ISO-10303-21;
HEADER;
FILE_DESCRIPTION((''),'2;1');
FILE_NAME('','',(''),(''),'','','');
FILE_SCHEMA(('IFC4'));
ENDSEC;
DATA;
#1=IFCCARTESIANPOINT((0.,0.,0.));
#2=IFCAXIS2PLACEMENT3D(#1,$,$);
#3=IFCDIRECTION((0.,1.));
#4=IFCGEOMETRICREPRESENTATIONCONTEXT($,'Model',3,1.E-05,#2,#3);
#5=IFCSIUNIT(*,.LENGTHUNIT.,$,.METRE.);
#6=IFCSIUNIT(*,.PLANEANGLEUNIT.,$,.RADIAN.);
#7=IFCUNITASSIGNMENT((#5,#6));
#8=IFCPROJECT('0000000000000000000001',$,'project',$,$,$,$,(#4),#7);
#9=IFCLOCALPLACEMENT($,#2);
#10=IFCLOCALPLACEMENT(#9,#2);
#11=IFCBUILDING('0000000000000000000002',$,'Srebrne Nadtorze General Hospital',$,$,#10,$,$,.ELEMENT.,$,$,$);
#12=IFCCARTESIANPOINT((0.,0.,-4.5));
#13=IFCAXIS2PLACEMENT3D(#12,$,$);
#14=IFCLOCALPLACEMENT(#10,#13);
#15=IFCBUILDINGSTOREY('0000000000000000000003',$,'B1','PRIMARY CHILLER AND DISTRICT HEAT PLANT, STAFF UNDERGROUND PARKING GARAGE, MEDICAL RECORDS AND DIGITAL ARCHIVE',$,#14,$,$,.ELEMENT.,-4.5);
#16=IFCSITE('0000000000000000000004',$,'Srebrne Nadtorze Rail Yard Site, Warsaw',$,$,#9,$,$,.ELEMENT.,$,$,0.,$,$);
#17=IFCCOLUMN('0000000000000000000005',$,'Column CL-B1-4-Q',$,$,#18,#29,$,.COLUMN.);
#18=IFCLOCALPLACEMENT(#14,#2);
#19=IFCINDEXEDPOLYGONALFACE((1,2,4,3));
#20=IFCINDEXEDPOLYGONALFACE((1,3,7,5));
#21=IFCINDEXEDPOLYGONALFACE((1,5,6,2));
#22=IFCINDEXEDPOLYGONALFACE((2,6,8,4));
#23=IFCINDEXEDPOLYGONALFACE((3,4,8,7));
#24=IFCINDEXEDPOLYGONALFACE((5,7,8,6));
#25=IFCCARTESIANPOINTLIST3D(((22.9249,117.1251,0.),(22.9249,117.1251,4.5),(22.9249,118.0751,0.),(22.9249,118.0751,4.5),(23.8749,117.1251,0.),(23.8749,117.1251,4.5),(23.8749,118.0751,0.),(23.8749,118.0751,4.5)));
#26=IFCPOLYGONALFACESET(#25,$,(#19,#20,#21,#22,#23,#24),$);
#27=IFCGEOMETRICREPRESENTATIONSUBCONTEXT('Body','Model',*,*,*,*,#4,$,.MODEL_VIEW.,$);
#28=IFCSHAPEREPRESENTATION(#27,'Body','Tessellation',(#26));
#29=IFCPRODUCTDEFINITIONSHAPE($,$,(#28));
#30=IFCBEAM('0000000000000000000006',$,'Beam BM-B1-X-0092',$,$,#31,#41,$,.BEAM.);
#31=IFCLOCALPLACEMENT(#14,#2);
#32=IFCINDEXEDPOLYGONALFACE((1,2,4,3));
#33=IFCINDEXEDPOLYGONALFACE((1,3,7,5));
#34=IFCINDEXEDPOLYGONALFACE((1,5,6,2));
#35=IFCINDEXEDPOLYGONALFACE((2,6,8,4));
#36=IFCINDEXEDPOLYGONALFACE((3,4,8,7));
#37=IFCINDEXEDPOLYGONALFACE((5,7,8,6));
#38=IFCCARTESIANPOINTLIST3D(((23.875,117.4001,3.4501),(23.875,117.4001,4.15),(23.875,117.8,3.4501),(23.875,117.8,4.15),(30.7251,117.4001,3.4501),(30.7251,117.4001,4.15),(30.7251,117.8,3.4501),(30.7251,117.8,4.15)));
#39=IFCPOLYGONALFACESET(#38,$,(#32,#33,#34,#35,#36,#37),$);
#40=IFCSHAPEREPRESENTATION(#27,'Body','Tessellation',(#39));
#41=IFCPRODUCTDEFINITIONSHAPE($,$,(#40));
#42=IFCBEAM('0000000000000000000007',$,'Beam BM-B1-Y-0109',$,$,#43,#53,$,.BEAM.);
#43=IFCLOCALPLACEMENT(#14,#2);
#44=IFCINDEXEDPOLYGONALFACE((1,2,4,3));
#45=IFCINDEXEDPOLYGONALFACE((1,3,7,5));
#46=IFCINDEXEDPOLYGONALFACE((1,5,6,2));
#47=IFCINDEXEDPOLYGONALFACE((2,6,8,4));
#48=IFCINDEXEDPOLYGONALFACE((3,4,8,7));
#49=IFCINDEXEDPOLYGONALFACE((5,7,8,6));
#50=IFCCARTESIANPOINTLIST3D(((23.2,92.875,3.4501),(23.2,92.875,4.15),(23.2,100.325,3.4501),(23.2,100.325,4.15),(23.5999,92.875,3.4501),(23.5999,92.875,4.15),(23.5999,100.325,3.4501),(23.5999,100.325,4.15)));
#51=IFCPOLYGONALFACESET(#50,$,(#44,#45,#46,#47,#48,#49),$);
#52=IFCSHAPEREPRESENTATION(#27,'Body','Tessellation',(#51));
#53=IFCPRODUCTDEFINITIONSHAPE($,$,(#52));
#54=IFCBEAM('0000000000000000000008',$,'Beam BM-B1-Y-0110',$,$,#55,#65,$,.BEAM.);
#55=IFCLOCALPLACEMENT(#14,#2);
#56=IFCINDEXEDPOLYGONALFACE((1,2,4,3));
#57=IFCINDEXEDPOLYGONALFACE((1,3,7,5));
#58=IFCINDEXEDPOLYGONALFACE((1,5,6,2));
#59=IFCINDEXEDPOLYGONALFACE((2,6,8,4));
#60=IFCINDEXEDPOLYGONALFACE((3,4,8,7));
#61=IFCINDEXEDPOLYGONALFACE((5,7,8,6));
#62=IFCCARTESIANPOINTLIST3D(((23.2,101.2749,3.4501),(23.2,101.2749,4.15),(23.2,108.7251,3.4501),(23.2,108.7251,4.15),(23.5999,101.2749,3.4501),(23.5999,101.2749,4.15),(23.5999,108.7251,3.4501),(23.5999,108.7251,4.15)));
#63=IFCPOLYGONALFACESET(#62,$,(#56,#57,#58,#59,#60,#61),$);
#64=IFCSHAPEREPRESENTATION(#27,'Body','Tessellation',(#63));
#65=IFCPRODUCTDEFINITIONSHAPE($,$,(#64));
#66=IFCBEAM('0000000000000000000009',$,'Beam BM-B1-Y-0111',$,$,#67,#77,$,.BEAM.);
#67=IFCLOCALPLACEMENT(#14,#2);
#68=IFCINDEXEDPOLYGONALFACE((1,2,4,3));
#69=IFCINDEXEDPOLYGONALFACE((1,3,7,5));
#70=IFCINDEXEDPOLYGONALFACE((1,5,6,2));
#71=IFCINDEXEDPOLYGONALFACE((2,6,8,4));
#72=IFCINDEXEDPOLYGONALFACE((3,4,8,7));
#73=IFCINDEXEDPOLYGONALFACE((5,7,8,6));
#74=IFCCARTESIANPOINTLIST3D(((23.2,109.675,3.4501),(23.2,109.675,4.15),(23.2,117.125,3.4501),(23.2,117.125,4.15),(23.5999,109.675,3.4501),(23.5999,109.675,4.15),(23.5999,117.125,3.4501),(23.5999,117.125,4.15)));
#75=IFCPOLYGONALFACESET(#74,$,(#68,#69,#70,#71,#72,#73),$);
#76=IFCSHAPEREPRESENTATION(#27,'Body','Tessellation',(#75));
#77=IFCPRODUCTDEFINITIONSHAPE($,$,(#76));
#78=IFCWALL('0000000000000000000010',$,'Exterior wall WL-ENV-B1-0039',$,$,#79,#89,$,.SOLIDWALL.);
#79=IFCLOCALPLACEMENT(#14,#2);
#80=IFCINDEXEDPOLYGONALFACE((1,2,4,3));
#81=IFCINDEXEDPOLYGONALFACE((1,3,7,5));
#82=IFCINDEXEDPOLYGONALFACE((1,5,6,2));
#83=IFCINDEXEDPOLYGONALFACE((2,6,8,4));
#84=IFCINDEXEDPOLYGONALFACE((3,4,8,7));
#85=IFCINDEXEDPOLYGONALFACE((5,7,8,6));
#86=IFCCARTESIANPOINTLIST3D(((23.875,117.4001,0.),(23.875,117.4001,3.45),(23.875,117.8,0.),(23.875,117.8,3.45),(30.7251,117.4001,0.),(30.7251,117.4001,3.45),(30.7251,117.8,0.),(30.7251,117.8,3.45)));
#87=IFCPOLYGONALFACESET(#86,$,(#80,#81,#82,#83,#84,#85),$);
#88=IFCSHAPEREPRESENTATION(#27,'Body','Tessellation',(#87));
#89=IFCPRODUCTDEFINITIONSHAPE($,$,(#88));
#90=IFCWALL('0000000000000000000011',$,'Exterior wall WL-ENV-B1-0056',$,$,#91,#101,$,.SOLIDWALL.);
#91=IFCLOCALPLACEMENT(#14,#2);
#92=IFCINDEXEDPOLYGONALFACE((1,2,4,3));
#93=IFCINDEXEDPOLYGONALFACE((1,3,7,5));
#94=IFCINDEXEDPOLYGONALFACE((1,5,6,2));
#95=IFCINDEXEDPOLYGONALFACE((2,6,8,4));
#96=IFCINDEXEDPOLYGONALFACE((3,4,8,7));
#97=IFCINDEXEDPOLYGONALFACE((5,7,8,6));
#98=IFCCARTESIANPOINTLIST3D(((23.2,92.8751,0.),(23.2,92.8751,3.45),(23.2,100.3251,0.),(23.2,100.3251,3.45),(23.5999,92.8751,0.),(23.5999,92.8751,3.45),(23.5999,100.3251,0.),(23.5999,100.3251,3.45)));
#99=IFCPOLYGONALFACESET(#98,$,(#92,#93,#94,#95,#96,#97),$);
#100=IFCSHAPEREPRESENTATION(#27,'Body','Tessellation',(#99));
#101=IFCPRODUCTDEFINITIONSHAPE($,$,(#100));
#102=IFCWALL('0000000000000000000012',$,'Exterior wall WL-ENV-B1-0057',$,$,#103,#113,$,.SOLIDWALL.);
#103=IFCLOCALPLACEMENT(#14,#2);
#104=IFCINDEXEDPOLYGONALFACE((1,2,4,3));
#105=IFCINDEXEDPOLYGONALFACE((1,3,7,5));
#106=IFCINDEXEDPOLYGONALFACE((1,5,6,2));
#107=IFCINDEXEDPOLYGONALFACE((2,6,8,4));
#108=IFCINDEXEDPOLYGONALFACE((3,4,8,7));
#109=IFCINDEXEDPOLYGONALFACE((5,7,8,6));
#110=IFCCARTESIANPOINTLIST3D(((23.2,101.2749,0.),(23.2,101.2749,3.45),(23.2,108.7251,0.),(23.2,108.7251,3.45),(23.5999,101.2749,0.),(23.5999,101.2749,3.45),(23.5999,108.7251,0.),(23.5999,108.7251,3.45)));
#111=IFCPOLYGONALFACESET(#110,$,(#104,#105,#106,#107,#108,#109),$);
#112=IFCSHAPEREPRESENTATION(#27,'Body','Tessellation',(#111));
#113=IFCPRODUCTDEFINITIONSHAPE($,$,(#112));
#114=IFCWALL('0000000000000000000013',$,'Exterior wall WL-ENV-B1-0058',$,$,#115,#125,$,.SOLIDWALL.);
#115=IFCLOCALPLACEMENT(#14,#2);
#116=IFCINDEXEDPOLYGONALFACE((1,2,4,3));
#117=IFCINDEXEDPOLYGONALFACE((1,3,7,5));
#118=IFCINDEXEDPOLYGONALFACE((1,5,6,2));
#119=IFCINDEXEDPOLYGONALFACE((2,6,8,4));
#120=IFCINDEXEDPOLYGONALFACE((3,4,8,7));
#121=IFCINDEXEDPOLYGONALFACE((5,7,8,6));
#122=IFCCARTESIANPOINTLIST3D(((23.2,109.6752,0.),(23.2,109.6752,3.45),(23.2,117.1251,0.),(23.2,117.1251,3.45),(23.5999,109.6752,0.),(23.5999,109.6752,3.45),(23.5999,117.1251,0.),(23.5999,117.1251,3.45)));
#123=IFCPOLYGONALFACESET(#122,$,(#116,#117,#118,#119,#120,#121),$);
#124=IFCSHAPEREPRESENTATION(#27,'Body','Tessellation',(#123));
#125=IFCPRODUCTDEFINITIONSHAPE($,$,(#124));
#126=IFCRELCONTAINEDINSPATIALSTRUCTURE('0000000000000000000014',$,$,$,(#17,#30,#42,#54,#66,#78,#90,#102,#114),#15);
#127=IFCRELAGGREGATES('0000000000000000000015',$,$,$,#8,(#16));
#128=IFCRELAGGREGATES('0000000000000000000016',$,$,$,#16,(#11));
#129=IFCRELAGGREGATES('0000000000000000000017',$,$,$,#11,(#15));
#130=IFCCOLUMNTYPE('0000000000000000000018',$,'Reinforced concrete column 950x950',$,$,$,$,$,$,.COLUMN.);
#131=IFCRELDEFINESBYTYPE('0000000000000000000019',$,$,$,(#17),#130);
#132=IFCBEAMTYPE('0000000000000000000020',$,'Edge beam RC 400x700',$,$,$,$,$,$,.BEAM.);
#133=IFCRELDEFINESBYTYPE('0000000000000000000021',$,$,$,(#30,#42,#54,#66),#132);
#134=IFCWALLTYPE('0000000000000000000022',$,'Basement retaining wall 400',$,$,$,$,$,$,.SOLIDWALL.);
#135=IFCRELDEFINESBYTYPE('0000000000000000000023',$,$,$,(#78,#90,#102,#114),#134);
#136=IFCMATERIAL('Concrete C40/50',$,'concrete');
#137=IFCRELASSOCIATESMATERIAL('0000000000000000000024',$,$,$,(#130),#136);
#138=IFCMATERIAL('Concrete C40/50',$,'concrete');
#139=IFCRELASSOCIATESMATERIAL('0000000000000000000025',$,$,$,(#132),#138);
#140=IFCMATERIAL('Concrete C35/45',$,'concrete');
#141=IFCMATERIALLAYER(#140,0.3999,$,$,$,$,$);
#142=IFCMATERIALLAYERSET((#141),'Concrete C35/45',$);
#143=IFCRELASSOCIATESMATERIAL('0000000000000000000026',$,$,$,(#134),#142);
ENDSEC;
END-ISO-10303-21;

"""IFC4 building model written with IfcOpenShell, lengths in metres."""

from ifc_helpers import new_model, si_unit, direction, frame, frame_2d, origin, origin_2d, place, context, subcontext, project, spatial, rectangle, extrude, material, layer, layer_set, material_profile, profile_set, type_object, element, save


model = new_model("IFC4")

# Units and contexts
model_context = context("Model", 3, precision=1e-05, world=origin(), true_north=direction((0.0, 1.0)))
body_context = subcontext(model_context, "Body", "Model", "MODEL_VIEW")
ifc_project = project(units=[si_unit("LENGTHUNIT", "METRE"), si_unit("PLANEANGLEUNIT", "RADIAN")], contexts=[model_context])

# Site, building, storey
site_placement = place(None, origin())
site = spatial("IfcSite", under=ifc_project, at=site_placement, Name="Srebrne Nadtorze Rail Yard Site, Warsaw", CompositionType="ELEMENT", RefElevation=0.0)
building_placement = place(site_placement, origin())
building = spatial("IfcBuilding", under=site, at=building_placement, Name="Srebrne Nadtorze General Hospital", CompositionType="ELEMENT")
storey_placement = place(building_placement, frame((0.0, 0.0, -4.5)))
storey = spatial("IfcBuildingStorey", under=building, at=storey_placement, Name="B1", Description="PRIMARY CHILLER AND DISTRICT HEAT PLANT, STAFF UNDERGROUND PARKING GARAGE, MEDICAL RECORDS AND DIGITAL ARCHIVE", CompositionType="ELEMENT", Elevation=-4.5)

# Column
ifc_material_1 = material(Name="Concrete C40/50", Category="concrete")
ifc_material_profile_1 = material_profile(ifc_material_1, rectangle(XDim=0.95, YDim=0.95, at=origin_2d()), Name="RC-COL-950x950")
ifc_profile_set_1 = profile_set([ifc_material_profile_1], Name="Concrete C40/50")
column_type = type_object("IfcColumnType", Name="Reinforced concrete column 950x950", PredefinedType="COLUMN", material=ifc_profile_set_1)
for number, where, z_axis, x_axis, name in (
    (1, (23.3999, 117.6001, 0.0), (0.0, 0.0, 1.0), (1.0, 0.0, 0.0), "Column CL-B1-4-Q"),
):
    element("IfcColumn", number, at=place(storey_placement, frame(where, z_axis=z_axis, x_axis=x_axis)), inside=storey, type_object=column_type, Name=name, PredefinedType="COLUMN", context=body_context, shape_type="SweptSolid", body=[
        extrude(rectangle(XDim=0.95, YDim=0.95, at=origin_2d()), origin(), (0.0, 0.0, 1.0), 4.5),
    ])

# Beams
ifc_material_2 = material(Name="Concrete C40/50", Category="concrete")
ifc_material_profile_2 = material_profile(ifc_material_2, rectangle(XDim=0.3999, YDim=0.7, at=origin_2d()), Name="RC-BM-400x700")
ifc_profile_set_2 = profile_set([ifc_material_profile_2], Name="Concrete C40/50")
beam_type = type_object("IfcBeamType", Name="Edge beam RC 400x700", PredefinedType="BEAM", material=ifc_profile_set_2)
beam_1_placement = place(storey_placement, frame((23.875, 117.6001, 3.8), z_axis=(1.0, 0.0, 0.0), x_axis=(0.0, 1.0, 0.0)))
element("IfcBeam", 2, at=beam_1_placement, inside=storey, type_object=beam_type, Name="Beam BM-B1-X-0092", PredefinedType="BEAM", context=body_context, shape_type="SweptSolid", body=[
    extrude(rectangle(XDim=0.3999, YDim=0.7, at=origin_2d()), origin(), (0.0, 0.0, 1.0), 6.8501),
])
beam_2_placement = place(storey_placement, frame((23.3999, 92.875, 3.8), z_axis=(0.0, 1.0, 0.0), x_axis=(-1.0, 0.0, 0.0)))
element("IfcBeam", 3, at=beam_2_placement, inside=storey, type_object=beam_type, Name="Beam BM-B1-Y-0109", PredefinedType="BEAM", context=body_context, shape_type="SweptSolid", body=[
    extrude(rectangle(XDim=0.3999, YDim=0.7, at=origin_2d()), origin(), (0.0, 0.0, 1.0), 7.45),
])
beam_3_placement = place(storey_placement, frame((23.3999, 101.2749, 3.8), z_axis=(0.0, 1.0, 0.0), x_axis=(-1.0, 0.0, 0.0)))
element("IfcBeam", 4, at=beam_3_placement, inside=storey, type_object=beam_type, Name="Beam BM-B1-Y-0110", PredefinedType="BEAM", context=body_context, shape_type="SweptSolid", body=[
    extrude(rectangle(XDim=0.3999, YDim=0.7, at=origin_2d()), origin(), (0.0, 0.0, 1.0), 7.4502),
])
beam_4_placement = place(storey_placement, frame((23.3999, 109.675, 3.8), z_axis=(0.0, 1.0, 0.0), x_axis=(-1.0, 0.0, 0.0)))
element("IfcBeam", 5, at=beam_4_placement, inside=storey, type_object=beam_type, Name="Beam BM-B1-Y-0111", PredefinedType="BEAM", context=body_context, shape_type="SweptSolid", body=[
    extrude(rectangle(XDim=0.3999, YDim=0.7, at=origin_2d()), origin(), (0.0, 0.0, 1.0), 7.45),
])

# Walls
ifc_material_3 = material(Name="Concrete C35/45", Category="concrete")
ifc_layer_1 = layer(ifc_material_3, 0.3999)
ifc_layer_set_1 = layer_set([ifc_layer_1], Name="Concrete C35/45")
wall_type = type_object("IfcWallType", Name="Basement retaining wall 400", PredefinedType="SOLIDWALL", material=ifc_layer_set_1)
wall_1_placement = place(storey_placement, frame((23.875, 117.6001, 0.0), z_axis=(0.0, 0.0, 1.0), x_axis=(1.0, 0.0, 0.0)))
element("IfcWall", 6, at=wall_1_placement, inside=storey, type_object=wall_type, Name="Exterior wall WL-ENV-B1-0039", PredefinedType="SOLIDWALL", context=body_context, shape_type="SweptSolid", body=[
    extrude(rectangle(XDim=6.8501, YDim=0.3999, at=frame_2d((3.425, 0.0))), origin(), (0.0, 0.0, 1.0), 3.45),
])
wall_2_placement = place(storey_placement, frame((23.3999, 92.875, 0.0), z_axis=(0.0, 0.0, 1.0), x_axis=(0.0, 1.0, 0.0)))
element("IfcWall", 7, at=wall_2_placement, inside=storey, type_object=wall_type, Name="Exterior wall WL-ENV-B1-0056", PredefinedType="SOLIDWALL", context=body_context, shape_type="SweptSolid", body=[
    extrude(rectangle(XDim=7.45, YDim=0.3999, at=frame_2d((3.7251, 0.0))), origin(), (0.0, 0.0, 1.0), 3.45),
])
wall_3_placement = place(storey_placement, frame((23.3999, 101.2749, 0.0), z_axis=(0.0, 0.0, 1.0), x_axis=(0.0, 1.0, 0.0)))
element("IfcWall", 8, at=wall_3_placement, inside=storey, type_object=wall_type, Name="Exterior wall WL-ENV-B1-0057", PredefinedType="SOLIDWALL", context=body_context, shape_type="SweptSolid", body=[
    extrude(rectangle(XDim=7.4502, YDim=0.3999, at=frame_2d((3.7251, 0.0))), origin(), (0.0, 0.0, 1.0), 3.45),
])
wall_4_placement = place(storey_placement, frame((23.3999, 109.675, 0.0), z_axis=(0.0, 0.0, 1.0), x_axis=(0.0, 1.0, 0.0)))
element("IfcWall", 9, at=wall_4_placement, inside=storey, type_object=wall_type, Name="Exterior wall WL-ENV-B1-0058", PredefinedType="SOLIDWALL", context=body_context, shape_type="SweptSolid", body=[
    extrude(rectangle(XDim=7.45, YDim=0.3999, at=frame_2d((3.7251, 0.0))), origin(), (0.0, 0.0, 1.0), 3.45),
])

save(model, "model.ifc")
